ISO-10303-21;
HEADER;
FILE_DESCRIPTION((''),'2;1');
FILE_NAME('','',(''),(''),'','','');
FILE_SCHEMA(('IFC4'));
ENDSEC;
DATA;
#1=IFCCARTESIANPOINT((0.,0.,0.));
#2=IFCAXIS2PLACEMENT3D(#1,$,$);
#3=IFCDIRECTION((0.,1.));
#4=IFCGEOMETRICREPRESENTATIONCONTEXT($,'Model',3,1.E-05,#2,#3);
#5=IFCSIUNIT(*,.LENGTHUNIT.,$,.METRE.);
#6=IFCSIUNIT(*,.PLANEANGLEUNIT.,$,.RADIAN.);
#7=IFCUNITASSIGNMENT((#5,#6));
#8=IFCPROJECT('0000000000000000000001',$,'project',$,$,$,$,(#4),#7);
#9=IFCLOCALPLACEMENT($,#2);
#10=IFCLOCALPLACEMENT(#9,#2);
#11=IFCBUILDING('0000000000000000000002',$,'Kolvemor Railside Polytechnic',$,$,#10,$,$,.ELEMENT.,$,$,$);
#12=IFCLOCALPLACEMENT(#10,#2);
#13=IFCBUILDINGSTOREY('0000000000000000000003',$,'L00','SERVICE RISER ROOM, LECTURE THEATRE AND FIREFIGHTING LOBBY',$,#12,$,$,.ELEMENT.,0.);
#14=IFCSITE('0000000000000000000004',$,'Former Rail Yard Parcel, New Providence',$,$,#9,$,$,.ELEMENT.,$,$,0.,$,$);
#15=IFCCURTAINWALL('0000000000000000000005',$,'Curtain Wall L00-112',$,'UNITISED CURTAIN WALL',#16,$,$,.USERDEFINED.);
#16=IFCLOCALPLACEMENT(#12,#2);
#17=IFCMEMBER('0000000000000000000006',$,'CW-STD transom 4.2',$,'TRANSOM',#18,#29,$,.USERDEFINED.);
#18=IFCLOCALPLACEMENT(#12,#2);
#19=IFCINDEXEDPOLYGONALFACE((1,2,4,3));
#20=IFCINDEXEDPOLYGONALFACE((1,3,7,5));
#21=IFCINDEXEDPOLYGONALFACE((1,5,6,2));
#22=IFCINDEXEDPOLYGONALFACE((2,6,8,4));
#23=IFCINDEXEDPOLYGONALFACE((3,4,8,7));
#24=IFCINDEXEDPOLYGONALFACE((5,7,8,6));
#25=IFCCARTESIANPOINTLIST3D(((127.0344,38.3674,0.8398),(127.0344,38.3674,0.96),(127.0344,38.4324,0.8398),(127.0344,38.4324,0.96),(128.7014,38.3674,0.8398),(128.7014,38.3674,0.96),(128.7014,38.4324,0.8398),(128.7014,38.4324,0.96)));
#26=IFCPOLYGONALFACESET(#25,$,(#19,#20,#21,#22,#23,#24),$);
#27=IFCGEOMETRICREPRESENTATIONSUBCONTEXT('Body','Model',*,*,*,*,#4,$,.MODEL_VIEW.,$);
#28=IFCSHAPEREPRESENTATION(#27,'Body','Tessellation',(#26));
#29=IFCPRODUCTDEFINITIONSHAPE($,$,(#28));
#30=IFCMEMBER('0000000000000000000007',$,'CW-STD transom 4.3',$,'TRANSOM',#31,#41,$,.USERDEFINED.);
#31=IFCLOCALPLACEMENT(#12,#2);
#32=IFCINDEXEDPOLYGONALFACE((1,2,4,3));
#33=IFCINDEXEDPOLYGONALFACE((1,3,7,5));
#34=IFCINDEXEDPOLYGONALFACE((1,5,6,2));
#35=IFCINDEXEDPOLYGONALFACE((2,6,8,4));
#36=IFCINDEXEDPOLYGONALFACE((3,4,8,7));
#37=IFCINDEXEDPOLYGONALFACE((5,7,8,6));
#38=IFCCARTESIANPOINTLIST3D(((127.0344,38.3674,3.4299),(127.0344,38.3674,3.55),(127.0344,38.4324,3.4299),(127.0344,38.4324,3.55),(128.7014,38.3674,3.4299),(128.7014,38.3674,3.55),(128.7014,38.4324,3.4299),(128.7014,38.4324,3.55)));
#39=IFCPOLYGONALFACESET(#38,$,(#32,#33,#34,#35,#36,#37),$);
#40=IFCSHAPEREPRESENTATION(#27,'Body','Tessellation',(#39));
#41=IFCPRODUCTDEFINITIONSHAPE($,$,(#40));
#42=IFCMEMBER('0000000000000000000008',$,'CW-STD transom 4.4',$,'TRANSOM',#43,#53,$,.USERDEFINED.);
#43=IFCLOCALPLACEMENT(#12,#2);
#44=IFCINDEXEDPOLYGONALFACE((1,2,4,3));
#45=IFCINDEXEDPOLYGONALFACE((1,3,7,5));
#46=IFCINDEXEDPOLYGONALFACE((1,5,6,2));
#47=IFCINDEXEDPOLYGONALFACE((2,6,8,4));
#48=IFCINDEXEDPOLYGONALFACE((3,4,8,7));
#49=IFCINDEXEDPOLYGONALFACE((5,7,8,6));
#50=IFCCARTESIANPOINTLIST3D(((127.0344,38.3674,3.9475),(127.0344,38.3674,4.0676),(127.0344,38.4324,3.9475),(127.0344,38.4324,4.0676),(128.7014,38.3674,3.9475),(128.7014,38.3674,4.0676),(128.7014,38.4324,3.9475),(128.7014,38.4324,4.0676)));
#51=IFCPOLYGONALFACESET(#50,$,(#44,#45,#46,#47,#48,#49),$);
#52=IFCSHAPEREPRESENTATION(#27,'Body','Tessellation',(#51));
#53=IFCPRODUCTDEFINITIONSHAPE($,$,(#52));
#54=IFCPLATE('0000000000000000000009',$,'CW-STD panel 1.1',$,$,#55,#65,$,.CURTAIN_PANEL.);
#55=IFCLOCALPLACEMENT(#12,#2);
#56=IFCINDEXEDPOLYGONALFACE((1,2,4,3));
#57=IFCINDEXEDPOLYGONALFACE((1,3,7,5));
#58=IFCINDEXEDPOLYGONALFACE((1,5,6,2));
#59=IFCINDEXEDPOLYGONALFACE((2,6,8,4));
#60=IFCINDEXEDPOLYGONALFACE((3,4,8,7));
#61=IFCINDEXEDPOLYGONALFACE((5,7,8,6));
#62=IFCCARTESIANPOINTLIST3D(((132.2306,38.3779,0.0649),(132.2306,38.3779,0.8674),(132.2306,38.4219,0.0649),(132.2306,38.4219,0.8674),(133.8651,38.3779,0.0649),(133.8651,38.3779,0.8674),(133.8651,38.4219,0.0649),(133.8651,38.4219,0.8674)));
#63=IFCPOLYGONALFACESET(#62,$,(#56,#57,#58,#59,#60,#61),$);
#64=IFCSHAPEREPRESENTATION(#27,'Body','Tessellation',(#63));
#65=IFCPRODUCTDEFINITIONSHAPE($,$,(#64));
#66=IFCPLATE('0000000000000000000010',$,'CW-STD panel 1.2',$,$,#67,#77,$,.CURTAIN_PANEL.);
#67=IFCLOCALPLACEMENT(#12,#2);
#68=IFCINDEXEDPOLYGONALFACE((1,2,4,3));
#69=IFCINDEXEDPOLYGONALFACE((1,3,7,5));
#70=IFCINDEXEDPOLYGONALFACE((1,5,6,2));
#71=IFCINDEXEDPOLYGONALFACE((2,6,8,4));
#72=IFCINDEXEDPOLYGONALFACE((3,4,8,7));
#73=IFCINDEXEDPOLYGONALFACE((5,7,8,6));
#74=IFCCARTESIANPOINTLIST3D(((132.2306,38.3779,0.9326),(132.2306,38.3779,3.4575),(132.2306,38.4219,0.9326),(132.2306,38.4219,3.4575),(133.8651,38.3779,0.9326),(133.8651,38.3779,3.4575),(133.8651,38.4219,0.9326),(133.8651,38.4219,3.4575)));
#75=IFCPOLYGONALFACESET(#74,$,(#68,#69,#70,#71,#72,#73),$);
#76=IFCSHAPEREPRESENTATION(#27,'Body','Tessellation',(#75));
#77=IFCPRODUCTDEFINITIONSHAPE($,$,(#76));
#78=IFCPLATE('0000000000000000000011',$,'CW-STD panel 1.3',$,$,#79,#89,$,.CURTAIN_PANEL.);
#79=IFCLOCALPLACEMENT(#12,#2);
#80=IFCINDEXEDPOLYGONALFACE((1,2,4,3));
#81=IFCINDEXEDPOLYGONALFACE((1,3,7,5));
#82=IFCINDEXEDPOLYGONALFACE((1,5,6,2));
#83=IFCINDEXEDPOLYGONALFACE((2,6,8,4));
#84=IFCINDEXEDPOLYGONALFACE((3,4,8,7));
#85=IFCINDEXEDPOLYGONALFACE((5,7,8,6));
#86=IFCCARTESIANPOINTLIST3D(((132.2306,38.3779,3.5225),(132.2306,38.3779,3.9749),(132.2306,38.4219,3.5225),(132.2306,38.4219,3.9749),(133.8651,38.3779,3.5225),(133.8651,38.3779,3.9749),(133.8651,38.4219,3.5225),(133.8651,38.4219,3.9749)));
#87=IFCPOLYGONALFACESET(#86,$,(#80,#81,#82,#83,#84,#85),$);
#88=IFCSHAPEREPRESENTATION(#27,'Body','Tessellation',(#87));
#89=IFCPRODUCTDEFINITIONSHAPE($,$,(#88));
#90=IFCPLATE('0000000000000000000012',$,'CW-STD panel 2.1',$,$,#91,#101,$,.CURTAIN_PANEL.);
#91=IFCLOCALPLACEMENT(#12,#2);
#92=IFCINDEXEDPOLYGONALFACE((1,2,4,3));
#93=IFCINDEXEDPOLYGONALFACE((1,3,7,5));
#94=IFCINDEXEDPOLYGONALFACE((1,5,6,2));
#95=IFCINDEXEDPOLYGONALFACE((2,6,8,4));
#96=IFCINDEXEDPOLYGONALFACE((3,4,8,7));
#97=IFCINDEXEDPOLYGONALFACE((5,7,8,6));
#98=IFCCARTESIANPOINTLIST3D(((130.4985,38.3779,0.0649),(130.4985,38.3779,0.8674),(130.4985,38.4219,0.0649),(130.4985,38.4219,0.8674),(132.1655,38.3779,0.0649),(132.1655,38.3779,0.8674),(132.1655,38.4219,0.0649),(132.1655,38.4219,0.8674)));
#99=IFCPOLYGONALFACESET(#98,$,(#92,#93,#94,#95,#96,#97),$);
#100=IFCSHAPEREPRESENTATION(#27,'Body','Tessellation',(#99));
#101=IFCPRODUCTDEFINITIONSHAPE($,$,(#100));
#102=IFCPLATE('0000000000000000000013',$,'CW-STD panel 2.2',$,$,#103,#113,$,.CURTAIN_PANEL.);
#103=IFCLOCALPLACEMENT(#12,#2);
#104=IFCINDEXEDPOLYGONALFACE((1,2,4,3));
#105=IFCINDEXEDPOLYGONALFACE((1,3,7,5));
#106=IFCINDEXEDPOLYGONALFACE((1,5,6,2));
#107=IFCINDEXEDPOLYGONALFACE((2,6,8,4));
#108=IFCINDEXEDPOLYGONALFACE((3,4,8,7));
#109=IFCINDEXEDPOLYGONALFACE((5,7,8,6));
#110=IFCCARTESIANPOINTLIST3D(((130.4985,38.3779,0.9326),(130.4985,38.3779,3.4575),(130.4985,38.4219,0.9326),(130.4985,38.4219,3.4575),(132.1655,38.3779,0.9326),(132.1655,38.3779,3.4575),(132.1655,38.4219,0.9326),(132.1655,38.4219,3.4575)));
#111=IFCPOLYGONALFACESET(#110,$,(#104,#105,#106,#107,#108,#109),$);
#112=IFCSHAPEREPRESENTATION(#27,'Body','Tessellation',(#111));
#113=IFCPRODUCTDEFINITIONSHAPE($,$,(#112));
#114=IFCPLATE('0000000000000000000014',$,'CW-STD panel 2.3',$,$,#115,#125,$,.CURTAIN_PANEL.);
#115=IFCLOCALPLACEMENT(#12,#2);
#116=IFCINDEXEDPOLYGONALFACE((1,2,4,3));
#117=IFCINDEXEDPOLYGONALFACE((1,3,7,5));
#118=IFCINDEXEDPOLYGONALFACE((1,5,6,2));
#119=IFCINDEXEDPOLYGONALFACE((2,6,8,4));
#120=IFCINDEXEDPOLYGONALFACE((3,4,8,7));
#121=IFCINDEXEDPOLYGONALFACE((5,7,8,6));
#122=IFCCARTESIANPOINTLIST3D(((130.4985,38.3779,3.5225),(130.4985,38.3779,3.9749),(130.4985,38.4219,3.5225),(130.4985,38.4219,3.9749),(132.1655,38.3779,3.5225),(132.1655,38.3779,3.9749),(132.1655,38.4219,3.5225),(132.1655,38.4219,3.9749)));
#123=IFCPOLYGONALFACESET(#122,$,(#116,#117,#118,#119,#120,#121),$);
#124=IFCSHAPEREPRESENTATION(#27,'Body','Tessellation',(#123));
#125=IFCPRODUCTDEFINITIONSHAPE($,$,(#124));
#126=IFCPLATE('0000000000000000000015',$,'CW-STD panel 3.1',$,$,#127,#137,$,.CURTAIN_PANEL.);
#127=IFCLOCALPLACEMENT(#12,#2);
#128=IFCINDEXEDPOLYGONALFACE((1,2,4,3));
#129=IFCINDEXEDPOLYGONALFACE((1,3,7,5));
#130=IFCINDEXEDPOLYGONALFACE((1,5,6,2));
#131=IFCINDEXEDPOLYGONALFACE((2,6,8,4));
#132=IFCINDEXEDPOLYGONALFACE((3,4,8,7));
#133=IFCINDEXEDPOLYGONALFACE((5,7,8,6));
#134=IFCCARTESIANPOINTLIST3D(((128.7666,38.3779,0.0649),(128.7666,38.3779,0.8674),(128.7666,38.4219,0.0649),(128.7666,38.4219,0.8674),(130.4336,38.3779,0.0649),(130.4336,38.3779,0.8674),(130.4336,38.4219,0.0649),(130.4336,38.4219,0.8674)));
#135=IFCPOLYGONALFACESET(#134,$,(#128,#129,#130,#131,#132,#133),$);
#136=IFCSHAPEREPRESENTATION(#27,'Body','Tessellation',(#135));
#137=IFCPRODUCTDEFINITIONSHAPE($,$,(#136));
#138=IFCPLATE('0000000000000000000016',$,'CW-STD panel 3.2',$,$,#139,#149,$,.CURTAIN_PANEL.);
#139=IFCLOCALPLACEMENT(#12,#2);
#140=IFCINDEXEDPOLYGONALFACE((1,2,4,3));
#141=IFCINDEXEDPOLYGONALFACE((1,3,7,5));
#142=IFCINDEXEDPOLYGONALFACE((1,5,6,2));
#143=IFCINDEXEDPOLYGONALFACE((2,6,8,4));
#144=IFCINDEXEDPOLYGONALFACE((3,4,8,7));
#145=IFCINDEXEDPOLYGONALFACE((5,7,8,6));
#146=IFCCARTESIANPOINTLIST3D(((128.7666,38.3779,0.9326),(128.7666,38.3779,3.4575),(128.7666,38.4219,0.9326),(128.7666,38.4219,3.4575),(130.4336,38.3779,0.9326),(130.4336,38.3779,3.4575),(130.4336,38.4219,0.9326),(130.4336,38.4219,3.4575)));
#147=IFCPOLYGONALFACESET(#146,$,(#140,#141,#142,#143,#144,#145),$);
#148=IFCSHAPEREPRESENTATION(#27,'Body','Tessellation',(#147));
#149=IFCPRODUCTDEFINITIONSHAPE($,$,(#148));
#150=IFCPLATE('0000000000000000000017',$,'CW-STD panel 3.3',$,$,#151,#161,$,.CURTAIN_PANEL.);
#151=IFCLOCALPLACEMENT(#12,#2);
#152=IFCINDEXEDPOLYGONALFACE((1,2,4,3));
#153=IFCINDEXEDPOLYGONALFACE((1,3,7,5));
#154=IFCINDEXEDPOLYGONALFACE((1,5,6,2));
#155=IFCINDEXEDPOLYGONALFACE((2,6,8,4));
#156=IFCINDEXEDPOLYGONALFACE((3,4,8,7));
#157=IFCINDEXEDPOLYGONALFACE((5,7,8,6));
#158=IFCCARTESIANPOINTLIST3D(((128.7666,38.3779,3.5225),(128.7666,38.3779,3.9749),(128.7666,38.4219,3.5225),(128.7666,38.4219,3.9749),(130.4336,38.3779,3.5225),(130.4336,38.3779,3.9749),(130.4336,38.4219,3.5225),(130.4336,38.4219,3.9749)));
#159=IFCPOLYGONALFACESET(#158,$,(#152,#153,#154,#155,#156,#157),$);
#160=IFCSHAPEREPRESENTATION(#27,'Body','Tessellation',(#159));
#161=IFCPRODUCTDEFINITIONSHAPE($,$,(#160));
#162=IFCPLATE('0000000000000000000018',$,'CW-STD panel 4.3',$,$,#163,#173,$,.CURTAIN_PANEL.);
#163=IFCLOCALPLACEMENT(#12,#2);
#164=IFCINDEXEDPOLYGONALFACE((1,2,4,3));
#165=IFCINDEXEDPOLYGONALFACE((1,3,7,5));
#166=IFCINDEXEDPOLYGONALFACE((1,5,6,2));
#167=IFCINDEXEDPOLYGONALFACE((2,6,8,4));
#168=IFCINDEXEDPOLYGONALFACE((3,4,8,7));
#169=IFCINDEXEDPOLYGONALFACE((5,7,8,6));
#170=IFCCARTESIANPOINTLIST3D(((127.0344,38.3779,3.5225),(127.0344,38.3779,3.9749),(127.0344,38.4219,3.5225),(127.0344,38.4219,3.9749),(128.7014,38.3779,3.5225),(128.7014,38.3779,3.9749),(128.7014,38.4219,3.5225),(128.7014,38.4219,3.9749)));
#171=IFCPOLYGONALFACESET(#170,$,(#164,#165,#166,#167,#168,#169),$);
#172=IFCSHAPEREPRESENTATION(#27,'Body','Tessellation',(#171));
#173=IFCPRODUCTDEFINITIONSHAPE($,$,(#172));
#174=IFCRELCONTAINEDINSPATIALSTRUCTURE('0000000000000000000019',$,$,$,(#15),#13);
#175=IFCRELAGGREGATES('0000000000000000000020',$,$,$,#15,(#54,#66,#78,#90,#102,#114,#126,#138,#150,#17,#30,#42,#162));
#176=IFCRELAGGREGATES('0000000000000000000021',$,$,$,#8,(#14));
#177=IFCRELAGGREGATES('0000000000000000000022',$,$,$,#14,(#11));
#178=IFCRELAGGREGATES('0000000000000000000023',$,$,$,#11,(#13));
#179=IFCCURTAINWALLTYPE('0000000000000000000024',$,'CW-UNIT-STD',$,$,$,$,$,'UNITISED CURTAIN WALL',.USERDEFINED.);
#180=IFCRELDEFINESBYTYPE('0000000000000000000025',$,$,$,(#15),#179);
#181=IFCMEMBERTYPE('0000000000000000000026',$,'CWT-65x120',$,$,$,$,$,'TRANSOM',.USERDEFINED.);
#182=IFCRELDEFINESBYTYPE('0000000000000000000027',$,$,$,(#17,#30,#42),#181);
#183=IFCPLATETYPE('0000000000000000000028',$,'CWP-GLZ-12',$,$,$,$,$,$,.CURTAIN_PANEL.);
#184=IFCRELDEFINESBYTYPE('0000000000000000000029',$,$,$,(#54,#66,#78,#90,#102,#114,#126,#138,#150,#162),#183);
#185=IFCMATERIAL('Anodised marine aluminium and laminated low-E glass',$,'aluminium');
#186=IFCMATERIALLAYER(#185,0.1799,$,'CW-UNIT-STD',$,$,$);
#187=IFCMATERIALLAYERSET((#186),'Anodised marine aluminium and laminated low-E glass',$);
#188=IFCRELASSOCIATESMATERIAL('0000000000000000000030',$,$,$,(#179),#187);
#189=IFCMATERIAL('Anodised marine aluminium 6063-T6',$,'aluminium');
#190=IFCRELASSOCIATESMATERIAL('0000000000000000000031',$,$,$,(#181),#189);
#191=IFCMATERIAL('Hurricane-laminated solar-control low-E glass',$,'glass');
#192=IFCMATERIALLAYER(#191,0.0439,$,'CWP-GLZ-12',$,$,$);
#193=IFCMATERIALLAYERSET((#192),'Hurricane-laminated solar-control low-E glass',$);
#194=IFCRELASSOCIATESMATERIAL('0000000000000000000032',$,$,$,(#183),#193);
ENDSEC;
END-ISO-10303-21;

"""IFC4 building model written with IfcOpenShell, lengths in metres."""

from ifc_helpers import new_model, si_unit, direction, frame, origin, origin_2d, place, context, subcontext, project, spatial, rectangle, extrude, material, layer, layer_set, material_profile, profile_set, type_object, element, aggregate, save


model = new_model("IFC4")

# Units and contexts
model_context = context("Model", 3, precision=1e-05, world=origin(), true_north=direction((0.0, 1.0)))
body_context = subcontext(model_context, "Body", "Model", "MODEL_VIEW")
ifc_project = project(units=[si_unit("LENGTHUNIT", "METRE"), si_unit("PLANEANGLEUNIT", "RADIAN")], contexts=[model_context])

# Site, building, storey
site_placement = place(None, origin())
site = spatial("IfcSite", under=ifc_project, at=site_placement, Name="Former Rail Yard Parcel, New Providence", CompositionType="ELEMENT", RefElevation=0.0)
building_placement = place(site_placement, origin())
building = spatial("IfcBuilding", under=site, at=building_placement, Name="Kolvemor Railside Polytechnic", CompositionType="ELEMENT")
storey_placement = place(building_placement, origin())
storey = spatial("IfcBuildingStorey", under=building, at=storey_placement, Name="L00", Description="SERVICE RISER ROOM, LECTURE THEATRE AND FIREFIGHTING LOBBY", CompositionType="ELEMENT", Elevation=0.0)

# Curtain wall, members, plates
ifc_material_1 = material(Name="Anodised marine aluminium and laminated low-E glass", Category="aluminium")
ifc_layer_1 = layer(ifc_material_1, 0.1799, Name="CW-UNIT-STD")
ifc_layer_set_1 = layer_set([ifc_layer_1], Name="Anodised marine aluminium and laminated low-E glass")
curtain_wall_type = type_object("IfcCurtainWallType", Name="CW-UNIT-STD", ElementType="UNITISED CURTAIN WALL", PredefinedType="USERDEFINED", material=ifc_layer_set_1)
curtain_wall_placement = place(storey_placement, origin())
curtain_wall = element("IfcCurtainWall", 1, at=curtain_wall_placement, inside=storey, type_object=curtain_wall_type, Name="Curtain Wall L00-112", ObjectType="UNITISED CURTAIN WALL", PredefinedType="USERDEFINED")
ifc_material_2 = material(Name="Anodised marine aluminium 6063-T6", Category="aluminium")
ifc_material_profile_1 = material_profile(ifc_material_2, rectangle(XDim=0.0649, YDim=0.1201, at=origin_2d()), Name="CW-TRN-65x120")
ifc_profile_set_1 = profile_set([ifc_material_profile_1], Name="Anodised marine aluminium 6063-T6")
member_type_1 = type_object("IfcMemberType", Name="CWT-65x120", ElementType="TRANSOM", PredefinedType="USERDEFINED", material=ifc_profile_set_1)
member_1_placement = place(storey_placement, frame((128.7014, 38.3999, 0.8999), z_axis=(-1.0, 0.0, 0.0), x_axis=(0.0, -1.0, 0.0)))
member_1 = element("IfcMember", 2, at=member_1_placement, type_object=member_type_1, Name="CW-STD transom 4.2", ObjectType="TRANSOM", PredefinedType="USERDEFINED", context=body_context, shape_type="SweptSolid", body=[
    extrude(rectangle(XDim=0.0649, YDim=0.1201, at=origin_2d()), origin(), (0.0, 0.0, 1.0), 1.667),
])
member_2_placement = place(storey_placement, frame((128.7014, 38.3999, 3.49), z_axis=(-1.0, 0.0, 0.0), x_axis=(0.0, -1.0, 0.0)))
member_2 = element("IfcMember", 3, at=member_2_placement, type_object=member_type_1, Name="CW-STD transom 4.3", ObjectType="TRANSOM", PredefinedType="USERDEFINED", context=body_context, shape_type="SweptSolid", body=[
    extrude(rectangle(XDim=0.0649, YDim=0.1201, at=origin_2d()), origin(), (0.0, 0.0, 1.0), 1.667),
])
member_3_placement = place(storey_placement, frame((128.7014, 38.3999, 4.0076), z_axis=(-1.0, 0.0, 0.0), x_axis=(0.0, -1.0, 0.0)))
member_3 = element("IfcMember", 4, at=member_3_placement, type_object=member_type_1, Name="CW-STD transom 4.4", ObjectType="TRANSOM", PredefinedType="USERDEFINED", context=body_context, shape_type="SweptSolid", body=[
    extrude(rectangle(XDim=0.0649, YDim=0.1201, at=origin_2d()), origin(), (0.0, 0.0, 1.0), 1.667),
])
ifc_material_3 = material(Name="Hurricane-laminated solar-control low-E glass", Category="glass")
ifc_layer_2 = layer(ifc_material_3, 0.0439, Name="CWP-GLZ-12")
ifc_layer_set_2 = layer_set([ifc_layer_2], Name="Hurricane-laminated solar-control low-E glass")
plate_type = type_object("IfcPlateType", Name="CWP-GLZ-12", PredefinedType="CURTAIN_PANEL", material=ifc_layer_set_2)
plate_1_placement = place(storey_placement, frame((133.0479, 38.3999, 0.0649), z_axis=(0.0, 0.0, 1.0), x_axis=(-1.0, 0.0, 0.0)))
plate_1 = element("IfcPlate", 5, at=plate_1_placement, type_object=plate_type, Name="CW-STD panel 1.1", PredefinedType="CURTAIN_PANEL", context=body_context, shape_type="SweptSolid", body=[
    extrude(rectangle(XDim=1.6345, YDim=0.0439, at=origin_2d()), origin(), (0.0, 0.0, 1.0), 0.8025),
])
plate_2_placement = place(storey_placement, frame((133.0479, 38.3999, 0.9326), z_axis=(0.0, 0.0, 1.0), x_axis=(-1.0, 0.0, 0.0)))
plate_2 = element("IfcPlate", 6, at=plate_2_placement, type_object=plate_type, Name="CW-STD panel 1.2", PredefinedType="CURTAIN_PANEL", context=body_context, shape_type="SweptSolid", body=[
    extrude(rectangle(XDim=1.6345, YDim=0.0439, at=origin_2d()), origin(), (0.0, 0.0, 1.0), 2.5249),
])
plate_3_placement = place(storey_placement, frame((133.0479, 38.3999, 3.5225), z_axis=(0.0, 0.0, 1.0), x_axis=(-1.0, 0.0, 0.0)))
plate_3 = element("IfcPlate", 7, at=plate_3_placement, type_object=plate_type, Name="CW-STD panel 1.3", PredefinedType="CURTAIN_PANEL", context=body_context, shape_type="SweptSolid", body=[
    extrude(rectangle(XDim=1.6345, YDim=0.0439, at=origin_2d()), origin(), (0.0, 0.0, 1.0), 0.4524),
])
plate_4_placement = place(storey_placement, frame((131.332, 38.3999, 0.0649), z_axis=(0.0, 0.0, 1.0), x_axis=(-1.0, 0.0, 0.0)))
plate_4 = element("IfcPlate", 8, at=plate_4_placement, type_object=plate_type, Name="CW-STD panel 2.1", PredefinedType="CURTAIN_PANEL", context=body_context, shape_type="SweptSolid", body=[
    extrude(rectangle(XDim=1.667, YDim=0.0439, at=origin_2d()), origin(), (0.0, 0.0, 1.0), 0.8025),
])
plate_5_placement = place(storey_placement, frame((131.332, 38.3999, 0.9326), z_axis=(0.0, 0.0, 1.0), x_axis=(-1.0, 0.0, 0.0)))
plate_5 = element("IfcPlate", 9, at=plate_5_placement, type_object=plate_type, Name="CW-STD panel 2.2", PredefinedType="CURTAIN_PANEL", context=body_context, shape_type="SweptSolid", body=[
    extrude(rectangle(XDim=1.667, YDim=0.0439, at=origin_2d()), origin(), (0.0, 0.0, 1.0), 2.5249),
])
plate_6_placement = place(storey_placement, frame((131.332, 38.3999, 3.5225), z_axis=(0.0, 0.0, 1.0), x_axis=(-1.0, 0.0, 0.0)))
plate_6 = element("IfcPlate", 10, at=plate_6_placement, type_object=plate_type, Name="CW-STD panel 2.3", PredefinedType="CURTAIN_PANEL", context=body_context, shape_type="SweptSolid", body=[
    extrude(rectangle(XDim=1.667, YDim=0.0439, at=origin_2d()), origin(), (0.0, 0.0, 1.0), 0.4524),
])
plate_7_placement = place(storey_placement, frame((129.6001, 38.3999, 0.0649), z_axis=(0.0, 0.0, 1.0), x_axis=(-1.0, 0.0, 0.0)))
plate_7 = element("IfcPlate", 11, at=plate_7_placement, type_object=plate_type, Name="CW-STD panel 3.1", PredefinedType="CURTAIN_PANEL", context=body_context, shape_type="SweptSolid", body=[
    extrude(rectangle(XDim=1.667, YDim=0.0439, at=origin_2d()), origin(), (0.0, 0.0, 1.0), 0.8025),
])
plate_8_placement = place(storey_placement, frame((129.6001, 38.3999, 0.9326), z_axis=(0.0, 0.0, 1.0), x_axis=(-1.0, 0.0, 0.0)))
plate_8 = element("IfcPlate", 12, at=plate_8_placement, type_object=plate_type, Name="CW-STD panel 3.2", PredefinedType="CURTAIN_PANEL", context=body_context, shape_type="SweptSolid", body=[
    extrude(rectangle(XDim=1.667, YDim=0.0439, at=origin_2d()), origin(), (0.0, 0.0, 1.0), 2.5249),
])
plate_9_placement = place(storey_placement, frame((129.6001, 38.3999, 3.5225), z_axis=(0.0, 0.0, 1.0), x_axis=(-1.0, 0.0, 0.0)))
plate_9 = element("IfcPlate", 13, at=plate_9_placement, type_object=plate_type, Name="CW-STD panel 3.3", PredefinedType="CURTAIN_PANEL", context=body_context, shape_type="SweptSolid", body=[
    extrude(rectangle(XDim=1.667, YDim=0.0439, at=origin_2d()), origin(), (0.0, 0.0, 1.0), 0.4524),
])
plate_10_placement = place(storey_placement, frame((127.8679, 38.3999, 3.5225), z_axis=(0.0, 0.0, 1.0), x_axis=(-1.0, 0.0, 0.0)))
plate_10 = element("IfcPlate", 14, at=plate_10_placement, type_object=plate_type, Name="CW-STD panel 4.3", PredefinedType="CURTAIN_PANEL", context=body_context, shape_type="SweptSolid", body=[
    extrude(rectangle(XDim=1.667, YDim=0.0439, at=origin_2d()), origin(), (0.0, 0.0, 1.0), 0.4524),
])
aggregate(curtain_wall, [plate_1, plate_2, plate_3, plate_4, plate_5, plate_6, plate_7, plate_8, plate_9, member_1, member_2, member_3, plate_10])

save(model, "model.ifc")
